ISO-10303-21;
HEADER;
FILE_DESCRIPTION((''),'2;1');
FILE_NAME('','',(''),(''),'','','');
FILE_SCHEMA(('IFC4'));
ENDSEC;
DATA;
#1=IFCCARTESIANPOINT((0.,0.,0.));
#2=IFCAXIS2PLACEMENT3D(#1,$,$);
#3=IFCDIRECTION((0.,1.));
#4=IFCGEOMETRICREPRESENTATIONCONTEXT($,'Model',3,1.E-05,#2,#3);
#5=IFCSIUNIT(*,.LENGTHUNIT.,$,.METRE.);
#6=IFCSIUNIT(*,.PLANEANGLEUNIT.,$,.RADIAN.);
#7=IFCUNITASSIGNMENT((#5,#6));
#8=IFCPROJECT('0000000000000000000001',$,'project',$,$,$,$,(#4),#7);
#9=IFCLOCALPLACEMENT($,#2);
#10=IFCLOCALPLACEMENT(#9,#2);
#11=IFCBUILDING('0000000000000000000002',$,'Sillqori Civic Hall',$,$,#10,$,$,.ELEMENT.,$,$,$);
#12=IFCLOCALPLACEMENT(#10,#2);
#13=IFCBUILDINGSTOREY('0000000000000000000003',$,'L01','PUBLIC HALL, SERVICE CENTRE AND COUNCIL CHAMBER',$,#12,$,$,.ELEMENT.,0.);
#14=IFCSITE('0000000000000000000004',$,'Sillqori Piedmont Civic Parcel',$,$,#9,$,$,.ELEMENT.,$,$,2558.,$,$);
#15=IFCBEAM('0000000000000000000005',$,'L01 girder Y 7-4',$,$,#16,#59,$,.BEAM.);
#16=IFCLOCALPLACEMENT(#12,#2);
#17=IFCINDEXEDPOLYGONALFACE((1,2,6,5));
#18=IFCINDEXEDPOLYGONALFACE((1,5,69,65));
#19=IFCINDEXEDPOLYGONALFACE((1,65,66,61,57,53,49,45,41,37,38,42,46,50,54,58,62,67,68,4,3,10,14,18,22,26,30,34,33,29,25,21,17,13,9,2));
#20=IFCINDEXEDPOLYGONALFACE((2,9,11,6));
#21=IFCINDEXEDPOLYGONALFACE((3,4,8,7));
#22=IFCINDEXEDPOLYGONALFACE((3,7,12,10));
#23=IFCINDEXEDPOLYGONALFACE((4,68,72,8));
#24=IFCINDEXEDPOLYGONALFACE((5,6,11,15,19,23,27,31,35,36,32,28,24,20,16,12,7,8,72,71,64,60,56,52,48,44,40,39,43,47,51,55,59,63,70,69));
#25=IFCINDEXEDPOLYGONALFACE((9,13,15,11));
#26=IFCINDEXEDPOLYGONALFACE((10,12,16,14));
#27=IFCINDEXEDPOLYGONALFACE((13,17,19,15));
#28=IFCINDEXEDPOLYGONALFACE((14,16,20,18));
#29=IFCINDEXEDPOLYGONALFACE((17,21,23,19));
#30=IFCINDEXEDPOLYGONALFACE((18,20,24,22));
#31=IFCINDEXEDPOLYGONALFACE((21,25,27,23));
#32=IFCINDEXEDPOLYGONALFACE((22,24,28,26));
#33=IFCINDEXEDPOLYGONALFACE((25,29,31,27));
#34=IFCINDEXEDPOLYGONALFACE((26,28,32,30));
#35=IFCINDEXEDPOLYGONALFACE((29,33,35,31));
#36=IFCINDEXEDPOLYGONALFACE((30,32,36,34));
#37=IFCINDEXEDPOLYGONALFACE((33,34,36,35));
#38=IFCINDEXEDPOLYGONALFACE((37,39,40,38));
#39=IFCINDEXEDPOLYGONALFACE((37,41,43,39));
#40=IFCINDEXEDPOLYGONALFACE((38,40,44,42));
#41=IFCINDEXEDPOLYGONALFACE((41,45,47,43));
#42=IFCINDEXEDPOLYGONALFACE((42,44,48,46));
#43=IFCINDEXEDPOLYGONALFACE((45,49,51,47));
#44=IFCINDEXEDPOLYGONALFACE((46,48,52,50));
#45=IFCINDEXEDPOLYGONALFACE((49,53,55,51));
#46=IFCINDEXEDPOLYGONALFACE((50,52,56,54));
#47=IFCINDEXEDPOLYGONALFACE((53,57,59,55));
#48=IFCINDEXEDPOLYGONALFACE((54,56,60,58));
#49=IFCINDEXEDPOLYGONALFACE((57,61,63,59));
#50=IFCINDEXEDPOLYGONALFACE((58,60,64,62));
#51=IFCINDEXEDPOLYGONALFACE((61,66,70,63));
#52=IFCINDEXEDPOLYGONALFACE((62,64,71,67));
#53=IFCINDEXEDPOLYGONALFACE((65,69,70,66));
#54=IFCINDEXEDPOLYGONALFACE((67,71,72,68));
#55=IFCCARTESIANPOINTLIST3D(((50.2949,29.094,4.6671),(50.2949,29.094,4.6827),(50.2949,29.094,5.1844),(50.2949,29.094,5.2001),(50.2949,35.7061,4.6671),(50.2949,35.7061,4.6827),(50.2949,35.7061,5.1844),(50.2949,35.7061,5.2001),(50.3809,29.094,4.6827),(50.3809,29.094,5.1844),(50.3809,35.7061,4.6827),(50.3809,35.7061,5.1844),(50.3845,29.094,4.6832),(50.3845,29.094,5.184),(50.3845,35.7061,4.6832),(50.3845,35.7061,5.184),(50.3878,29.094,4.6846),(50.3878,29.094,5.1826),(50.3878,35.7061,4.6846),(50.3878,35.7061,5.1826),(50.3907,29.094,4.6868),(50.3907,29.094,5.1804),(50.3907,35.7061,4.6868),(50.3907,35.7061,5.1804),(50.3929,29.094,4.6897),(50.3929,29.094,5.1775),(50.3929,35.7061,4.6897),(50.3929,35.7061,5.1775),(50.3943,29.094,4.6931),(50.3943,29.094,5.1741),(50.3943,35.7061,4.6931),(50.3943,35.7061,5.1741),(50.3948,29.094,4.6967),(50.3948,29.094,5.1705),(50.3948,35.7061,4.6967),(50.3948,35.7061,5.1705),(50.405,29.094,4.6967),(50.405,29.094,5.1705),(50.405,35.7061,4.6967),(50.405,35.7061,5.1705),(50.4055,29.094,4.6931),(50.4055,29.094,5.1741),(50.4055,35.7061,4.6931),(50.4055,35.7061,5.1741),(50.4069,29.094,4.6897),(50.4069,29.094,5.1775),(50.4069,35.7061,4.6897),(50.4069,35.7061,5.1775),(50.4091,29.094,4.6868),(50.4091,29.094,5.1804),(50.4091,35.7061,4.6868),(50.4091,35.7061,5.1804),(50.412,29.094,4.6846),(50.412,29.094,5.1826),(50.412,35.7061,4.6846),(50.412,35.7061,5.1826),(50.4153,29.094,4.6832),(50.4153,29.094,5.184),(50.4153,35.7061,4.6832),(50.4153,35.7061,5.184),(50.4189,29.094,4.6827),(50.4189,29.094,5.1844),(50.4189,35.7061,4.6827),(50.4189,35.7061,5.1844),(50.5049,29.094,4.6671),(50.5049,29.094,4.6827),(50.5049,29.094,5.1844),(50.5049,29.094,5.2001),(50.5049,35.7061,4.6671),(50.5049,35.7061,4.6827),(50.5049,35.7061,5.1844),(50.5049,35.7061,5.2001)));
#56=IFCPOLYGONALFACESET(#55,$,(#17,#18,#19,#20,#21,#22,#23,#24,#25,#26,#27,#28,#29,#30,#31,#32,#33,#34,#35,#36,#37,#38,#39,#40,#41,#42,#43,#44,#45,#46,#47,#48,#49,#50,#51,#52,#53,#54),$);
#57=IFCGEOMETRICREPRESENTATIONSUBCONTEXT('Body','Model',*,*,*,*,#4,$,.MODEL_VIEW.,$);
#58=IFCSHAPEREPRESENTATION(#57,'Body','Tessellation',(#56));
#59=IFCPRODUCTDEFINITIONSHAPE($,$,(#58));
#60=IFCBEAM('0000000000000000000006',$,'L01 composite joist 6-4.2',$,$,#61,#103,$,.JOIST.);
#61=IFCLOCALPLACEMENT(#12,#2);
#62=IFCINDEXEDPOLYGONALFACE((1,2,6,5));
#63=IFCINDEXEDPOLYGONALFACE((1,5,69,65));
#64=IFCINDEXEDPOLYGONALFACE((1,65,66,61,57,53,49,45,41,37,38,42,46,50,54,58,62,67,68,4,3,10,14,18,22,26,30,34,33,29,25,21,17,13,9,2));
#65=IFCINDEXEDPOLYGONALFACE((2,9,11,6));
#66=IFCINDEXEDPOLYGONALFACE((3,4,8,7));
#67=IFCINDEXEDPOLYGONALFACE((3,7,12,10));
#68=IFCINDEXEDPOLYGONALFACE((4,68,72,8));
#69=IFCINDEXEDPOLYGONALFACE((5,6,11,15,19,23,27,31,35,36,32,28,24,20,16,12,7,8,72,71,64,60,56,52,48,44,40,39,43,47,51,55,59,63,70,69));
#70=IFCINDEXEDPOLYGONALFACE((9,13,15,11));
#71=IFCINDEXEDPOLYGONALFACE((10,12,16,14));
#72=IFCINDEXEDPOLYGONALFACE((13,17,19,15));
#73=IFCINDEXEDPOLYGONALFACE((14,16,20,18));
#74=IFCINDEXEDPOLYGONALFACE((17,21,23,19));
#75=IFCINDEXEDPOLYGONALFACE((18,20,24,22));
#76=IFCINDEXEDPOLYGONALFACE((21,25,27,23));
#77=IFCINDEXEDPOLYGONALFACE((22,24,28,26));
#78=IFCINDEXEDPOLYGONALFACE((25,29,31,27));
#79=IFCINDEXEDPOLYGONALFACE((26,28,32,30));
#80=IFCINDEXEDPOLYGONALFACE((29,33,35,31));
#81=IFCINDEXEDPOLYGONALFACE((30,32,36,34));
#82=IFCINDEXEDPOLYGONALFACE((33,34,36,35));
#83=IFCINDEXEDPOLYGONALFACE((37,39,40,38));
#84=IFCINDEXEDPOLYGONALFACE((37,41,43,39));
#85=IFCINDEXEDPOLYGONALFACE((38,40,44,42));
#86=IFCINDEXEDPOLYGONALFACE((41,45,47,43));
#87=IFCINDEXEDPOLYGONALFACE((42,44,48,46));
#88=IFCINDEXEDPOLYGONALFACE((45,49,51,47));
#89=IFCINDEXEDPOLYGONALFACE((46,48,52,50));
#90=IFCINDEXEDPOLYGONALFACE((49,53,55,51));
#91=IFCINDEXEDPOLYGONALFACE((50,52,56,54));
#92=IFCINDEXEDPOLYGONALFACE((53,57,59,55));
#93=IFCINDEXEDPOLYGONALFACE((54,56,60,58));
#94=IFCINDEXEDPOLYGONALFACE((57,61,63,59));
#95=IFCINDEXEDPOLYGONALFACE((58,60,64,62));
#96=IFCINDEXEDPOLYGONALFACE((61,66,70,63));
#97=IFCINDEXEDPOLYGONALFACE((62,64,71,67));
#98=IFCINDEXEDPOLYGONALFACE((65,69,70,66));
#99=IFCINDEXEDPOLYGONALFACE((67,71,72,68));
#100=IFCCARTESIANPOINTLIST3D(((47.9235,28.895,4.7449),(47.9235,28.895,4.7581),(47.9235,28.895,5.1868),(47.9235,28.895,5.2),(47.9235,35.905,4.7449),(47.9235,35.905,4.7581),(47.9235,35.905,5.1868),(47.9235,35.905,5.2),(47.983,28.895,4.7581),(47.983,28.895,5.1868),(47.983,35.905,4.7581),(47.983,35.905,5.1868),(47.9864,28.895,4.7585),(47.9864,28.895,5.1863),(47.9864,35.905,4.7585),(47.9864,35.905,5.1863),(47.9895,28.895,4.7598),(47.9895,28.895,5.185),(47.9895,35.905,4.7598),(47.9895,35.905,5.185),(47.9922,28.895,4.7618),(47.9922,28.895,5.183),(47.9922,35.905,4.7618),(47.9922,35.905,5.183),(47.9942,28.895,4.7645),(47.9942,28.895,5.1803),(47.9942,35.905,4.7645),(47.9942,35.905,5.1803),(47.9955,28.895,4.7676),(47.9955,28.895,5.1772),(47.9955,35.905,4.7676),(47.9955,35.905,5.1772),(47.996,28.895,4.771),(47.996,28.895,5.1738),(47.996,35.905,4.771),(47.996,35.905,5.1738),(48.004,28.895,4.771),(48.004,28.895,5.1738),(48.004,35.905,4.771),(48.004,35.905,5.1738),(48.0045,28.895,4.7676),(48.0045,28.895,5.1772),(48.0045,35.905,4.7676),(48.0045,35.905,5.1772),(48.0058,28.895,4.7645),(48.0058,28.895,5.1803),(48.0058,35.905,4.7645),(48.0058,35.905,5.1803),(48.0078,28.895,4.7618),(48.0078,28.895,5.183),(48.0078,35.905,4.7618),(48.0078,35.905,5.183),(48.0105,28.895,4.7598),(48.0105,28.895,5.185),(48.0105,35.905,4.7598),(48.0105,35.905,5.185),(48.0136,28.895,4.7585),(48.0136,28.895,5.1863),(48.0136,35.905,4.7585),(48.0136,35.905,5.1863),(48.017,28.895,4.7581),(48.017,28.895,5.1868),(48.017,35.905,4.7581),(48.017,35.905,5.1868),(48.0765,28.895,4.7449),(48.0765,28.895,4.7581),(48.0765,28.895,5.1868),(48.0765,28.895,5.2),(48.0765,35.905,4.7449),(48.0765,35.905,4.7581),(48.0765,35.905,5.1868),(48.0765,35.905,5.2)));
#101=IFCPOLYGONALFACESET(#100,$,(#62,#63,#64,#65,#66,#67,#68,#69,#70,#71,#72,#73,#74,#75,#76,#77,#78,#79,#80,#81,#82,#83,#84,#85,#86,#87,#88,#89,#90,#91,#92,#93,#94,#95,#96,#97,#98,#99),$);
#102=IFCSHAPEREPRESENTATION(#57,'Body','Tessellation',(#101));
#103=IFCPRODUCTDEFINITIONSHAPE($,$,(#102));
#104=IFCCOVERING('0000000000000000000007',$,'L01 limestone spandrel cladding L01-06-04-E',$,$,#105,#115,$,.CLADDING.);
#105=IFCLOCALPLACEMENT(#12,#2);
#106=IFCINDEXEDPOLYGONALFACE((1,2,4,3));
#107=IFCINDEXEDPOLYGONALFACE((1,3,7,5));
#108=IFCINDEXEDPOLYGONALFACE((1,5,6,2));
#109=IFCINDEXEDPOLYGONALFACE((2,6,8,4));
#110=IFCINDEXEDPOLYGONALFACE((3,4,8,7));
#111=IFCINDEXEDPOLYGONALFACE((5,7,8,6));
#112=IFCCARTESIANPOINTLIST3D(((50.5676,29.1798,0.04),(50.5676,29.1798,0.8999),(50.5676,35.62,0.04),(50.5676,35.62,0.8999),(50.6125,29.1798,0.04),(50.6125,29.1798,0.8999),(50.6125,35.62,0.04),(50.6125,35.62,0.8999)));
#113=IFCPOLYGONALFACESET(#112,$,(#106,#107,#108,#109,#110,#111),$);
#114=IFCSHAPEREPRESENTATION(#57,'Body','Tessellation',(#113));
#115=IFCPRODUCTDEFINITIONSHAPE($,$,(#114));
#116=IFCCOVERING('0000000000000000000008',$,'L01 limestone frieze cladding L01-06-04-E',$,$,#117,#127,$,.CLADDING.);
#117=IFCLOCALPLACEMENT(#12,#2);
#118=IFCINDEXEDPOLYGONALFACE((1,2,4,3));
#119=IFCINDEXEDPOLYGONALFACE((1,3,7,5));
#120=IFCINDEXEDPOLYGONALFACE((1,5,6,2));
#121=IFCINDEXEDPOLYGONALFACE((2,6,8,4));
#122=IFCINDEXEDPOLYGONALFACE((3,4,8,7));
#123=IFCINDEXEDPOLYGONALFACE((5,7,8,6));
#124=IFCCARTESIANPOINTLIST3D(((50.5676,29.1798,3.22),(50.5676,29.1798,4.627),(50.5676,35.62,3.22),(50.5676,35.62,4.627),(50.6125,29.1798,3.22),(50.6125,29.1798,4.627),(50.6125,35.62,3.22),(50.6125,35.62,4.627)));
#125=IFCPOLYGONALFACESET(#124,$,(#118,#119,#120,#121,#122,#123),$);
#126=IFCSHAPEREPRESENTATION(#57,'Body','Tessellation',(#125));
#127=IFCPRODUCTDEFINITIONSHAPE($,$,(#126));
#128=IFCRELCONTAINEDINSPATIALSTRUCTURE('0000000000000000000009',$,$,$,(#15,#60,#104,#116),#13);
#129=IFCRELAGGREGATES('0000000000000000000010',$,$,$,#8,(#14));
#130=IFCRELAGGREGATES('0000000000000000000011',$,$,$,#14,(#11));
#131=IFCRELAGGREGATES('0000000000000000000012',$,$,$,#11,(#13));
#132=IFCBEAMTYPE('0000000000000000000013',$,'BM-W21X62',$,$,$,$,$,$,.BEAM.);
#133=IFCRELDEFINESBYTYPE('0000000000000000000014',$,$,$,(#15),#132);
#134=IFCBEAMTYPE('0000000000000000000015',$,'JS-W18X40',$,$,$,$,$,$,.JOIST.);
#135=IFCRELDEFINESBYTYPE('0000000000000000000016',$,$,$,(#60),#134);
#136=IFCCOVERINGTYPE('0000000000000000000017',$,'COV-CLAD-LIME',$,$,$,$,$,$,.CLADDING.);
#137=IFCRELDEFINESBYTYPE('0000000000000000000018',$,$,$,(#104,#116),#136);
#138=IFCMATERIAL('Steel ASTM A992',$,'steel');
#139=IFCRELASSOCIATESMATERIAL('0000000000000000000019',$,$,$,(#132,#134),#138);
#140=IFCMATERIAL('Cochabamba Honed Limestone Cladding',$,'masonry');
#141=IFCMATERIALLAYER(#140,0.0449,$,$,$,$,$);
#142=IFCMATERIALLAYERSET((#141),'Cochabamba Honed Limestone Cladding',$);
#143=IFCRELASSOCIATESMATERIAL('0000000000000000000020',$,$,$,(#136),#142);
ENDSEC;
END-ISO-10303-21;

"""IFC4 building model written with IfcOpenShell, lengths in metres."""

from ifc_helpers import new_model, si_unit, direction, frame, frame_2d, origin, origin_2d, place, context, subcontext, project, spatial, rectangle, i_section, extrude, material, layer, layer_set, material_profile, profile_set, type_object, element, save


model = new_model("IFC4")

# Units and contexts
model_context = context("Model", 3, precision=1e-05, world=origin(), true_north=direction((0.0, 1.0)))
body_context = subcontext(model_context, "Body", "Model", "MODEL_VIEW")
ifc_project = project(units=[si_unit("LENGTHUNIT", "METRE"), si_unit("PLANEANGLEUNIT", "RADIAN")], contexts=[model_context])

# Site, building, storey
site_placement = place(None, origin())
site = spatial("IfcSite", under=ifc_project, at=site_placement, Name="Sillqori Piedmont Civic Parcel", CompositionType="ELEMENT", RefElevation=2558.0)
building_placement = place(site_placement, origin())
building = spatial("IfcBuilding", under=site, at=building_placement, Name="Sillqori Civic Hall", CompositionType="ELEMENT")
storey_placement = place(building_placement, origin())
storey = spatial("IfcBuildingStorey", under=building, at=storey_placement, Name="L01", Description="PUBLIC HALL, SERVICE CENTRE AND COUNCIL CHAMBER", CompositionType="ELEMENT", Elevation=0.0)

# Beams
ifc_material_1 = material(Name="Steel ASTM A992", Category="steel")
ifc_material_profile_1 = material_profile(ifc_material_1, i_section(OverallWidth=0.21, OverallDepth=0.533, WebThickness=0.0103, FlangeThickness=0.0156, FilletRadius=0.0139, at=origin_2d()), Name="W21X62")
ifc_profile_set_1 = profile_set([ifc_material_profile_1], Name="Steel ASTM A992")
beam_type_1 = type_object("IfcBeamType", Name="BM-W21X62", PredefinedType="BEAM", material=ifc_profile_set_1)
beam_1_placement = place(storey_placement, frame((50.3999, 29.094, 4.9336), z_axis=(0.0, 1.0, 0.0), x_axis=(-1.0, 0.0, 0.0)))
element("IfcBeam", 1, at=beam_1_placement, inside=storey, type_object=beam_type_1, Name="L01 girder Y 7-4", PredefinedType="BEAM", context=body_context, shape_type="SweptSolid", body=[
    extrude(i_section(OverallWidth=0.21, OverallDepth=0.533, WebThickness=0.0103, FlangeThickness=0.0156, FilletRadius=0.0139, at=origin_2d()), origin(), (0.0, 0.0, 1.0), 6.6121),
])
ifc_material_profile_2 = material_profile(ifc_material_1, i_section(OverallWidth=0.1531, OverallDepth=0.4551, WebThickness=0.0081, FlangeThickness=0.0132, FilletRadius=0.0129, at=origin_2d()), Name="W18X40")
ifc_profile_set_2 = profile_set([ifc_material_profile_2], Name="Steel ASTM A992")
beam_type_2 = type_object("IfcBeamType", Name="JS-W18X40", PredefinedType="JOIST", material=ifc_profile_set_2)
beam_2_placement = place(storey_placement, frame((48.0, 28.895, 4.9724), z_axis=(0.0, 1.0, 0.0), x_axis=(-1.0, 0.0, 0.0)))
element("IfcBeam", 2, at=beam_2_placement, inside=storey, type_object=beam_type_2, Name="L01 composite joist 6-4.2", PredefinedType="JOIST", context=body_context, shape_type="SweptSolid", body=[
    extrude(i_section(OverallWidth=0.1531, OverallDepth=0.4551, WebThickness=0.0081, FlangeThickness=0.0132, FilletRadius=0.0129, at=origin_2d()), origin(), (0.0, 0.0, 1.0), 7.01),
])

# Coverings
ifc_material_2 = material(Name="Cochabamba Honed Limestone Cladding", Category="masonry")
ifc_layer = layer(ifc_material_2, 0.0449)
ifc_layer_set = layer_set([ifc_layer], Name="Cochabamba Honed Limestone Cladding")
covering_type = type_object("IfcCoveringType", Name="COV-CLAD-LIME", PredefinedType="CLADDING", material=ifc_layer_set)
covering_1_placement = place(storey_placement, frame((50.5901, 35.6201, 0.04), z_axis=(0.0, 0.0, 1.0), x_axis=(0.0, -1.0, 0.0)))
element("IfcCovering", 3, at=covering_1_placement, inside=storey, type_object=covering_type, Name="L01 limestone spandrel cladding L01-06-04-E", PredefinedType="CLADDING", context=body_context, shape_type="SweptSolid", body=[
    extrude(rectangle(XDim=6.4402, YDim=0.0449, at=frame_2d((3.2202, 0.0))), origin(), (0.0, 0.0, 1.0), 0.8599),
])
covering_2_placement = place(storey_placement, frame((50.5901, 35.6201, 3.22), z_axis=(0.0, 0.0, 1.0), x_axis=(0.0, -1.0, 0.0)))
element("IfcCovering", 4, at=covering_2_placement, inside=storey, type_object=covering_type, Name="L01 limestone frieze cladding L01-06-04-E", PredefinedType="CLADDING", context=body_context, shape_type="SweptSolid", body=[
    extrude(rectangle(XDim=6.4402, YDim=0.0449, at=frame_2d((3.2202, 0.0))), origin(), (0.0, 0.0, 1.0), 1.407),
])

save(model, "model.ifc")
